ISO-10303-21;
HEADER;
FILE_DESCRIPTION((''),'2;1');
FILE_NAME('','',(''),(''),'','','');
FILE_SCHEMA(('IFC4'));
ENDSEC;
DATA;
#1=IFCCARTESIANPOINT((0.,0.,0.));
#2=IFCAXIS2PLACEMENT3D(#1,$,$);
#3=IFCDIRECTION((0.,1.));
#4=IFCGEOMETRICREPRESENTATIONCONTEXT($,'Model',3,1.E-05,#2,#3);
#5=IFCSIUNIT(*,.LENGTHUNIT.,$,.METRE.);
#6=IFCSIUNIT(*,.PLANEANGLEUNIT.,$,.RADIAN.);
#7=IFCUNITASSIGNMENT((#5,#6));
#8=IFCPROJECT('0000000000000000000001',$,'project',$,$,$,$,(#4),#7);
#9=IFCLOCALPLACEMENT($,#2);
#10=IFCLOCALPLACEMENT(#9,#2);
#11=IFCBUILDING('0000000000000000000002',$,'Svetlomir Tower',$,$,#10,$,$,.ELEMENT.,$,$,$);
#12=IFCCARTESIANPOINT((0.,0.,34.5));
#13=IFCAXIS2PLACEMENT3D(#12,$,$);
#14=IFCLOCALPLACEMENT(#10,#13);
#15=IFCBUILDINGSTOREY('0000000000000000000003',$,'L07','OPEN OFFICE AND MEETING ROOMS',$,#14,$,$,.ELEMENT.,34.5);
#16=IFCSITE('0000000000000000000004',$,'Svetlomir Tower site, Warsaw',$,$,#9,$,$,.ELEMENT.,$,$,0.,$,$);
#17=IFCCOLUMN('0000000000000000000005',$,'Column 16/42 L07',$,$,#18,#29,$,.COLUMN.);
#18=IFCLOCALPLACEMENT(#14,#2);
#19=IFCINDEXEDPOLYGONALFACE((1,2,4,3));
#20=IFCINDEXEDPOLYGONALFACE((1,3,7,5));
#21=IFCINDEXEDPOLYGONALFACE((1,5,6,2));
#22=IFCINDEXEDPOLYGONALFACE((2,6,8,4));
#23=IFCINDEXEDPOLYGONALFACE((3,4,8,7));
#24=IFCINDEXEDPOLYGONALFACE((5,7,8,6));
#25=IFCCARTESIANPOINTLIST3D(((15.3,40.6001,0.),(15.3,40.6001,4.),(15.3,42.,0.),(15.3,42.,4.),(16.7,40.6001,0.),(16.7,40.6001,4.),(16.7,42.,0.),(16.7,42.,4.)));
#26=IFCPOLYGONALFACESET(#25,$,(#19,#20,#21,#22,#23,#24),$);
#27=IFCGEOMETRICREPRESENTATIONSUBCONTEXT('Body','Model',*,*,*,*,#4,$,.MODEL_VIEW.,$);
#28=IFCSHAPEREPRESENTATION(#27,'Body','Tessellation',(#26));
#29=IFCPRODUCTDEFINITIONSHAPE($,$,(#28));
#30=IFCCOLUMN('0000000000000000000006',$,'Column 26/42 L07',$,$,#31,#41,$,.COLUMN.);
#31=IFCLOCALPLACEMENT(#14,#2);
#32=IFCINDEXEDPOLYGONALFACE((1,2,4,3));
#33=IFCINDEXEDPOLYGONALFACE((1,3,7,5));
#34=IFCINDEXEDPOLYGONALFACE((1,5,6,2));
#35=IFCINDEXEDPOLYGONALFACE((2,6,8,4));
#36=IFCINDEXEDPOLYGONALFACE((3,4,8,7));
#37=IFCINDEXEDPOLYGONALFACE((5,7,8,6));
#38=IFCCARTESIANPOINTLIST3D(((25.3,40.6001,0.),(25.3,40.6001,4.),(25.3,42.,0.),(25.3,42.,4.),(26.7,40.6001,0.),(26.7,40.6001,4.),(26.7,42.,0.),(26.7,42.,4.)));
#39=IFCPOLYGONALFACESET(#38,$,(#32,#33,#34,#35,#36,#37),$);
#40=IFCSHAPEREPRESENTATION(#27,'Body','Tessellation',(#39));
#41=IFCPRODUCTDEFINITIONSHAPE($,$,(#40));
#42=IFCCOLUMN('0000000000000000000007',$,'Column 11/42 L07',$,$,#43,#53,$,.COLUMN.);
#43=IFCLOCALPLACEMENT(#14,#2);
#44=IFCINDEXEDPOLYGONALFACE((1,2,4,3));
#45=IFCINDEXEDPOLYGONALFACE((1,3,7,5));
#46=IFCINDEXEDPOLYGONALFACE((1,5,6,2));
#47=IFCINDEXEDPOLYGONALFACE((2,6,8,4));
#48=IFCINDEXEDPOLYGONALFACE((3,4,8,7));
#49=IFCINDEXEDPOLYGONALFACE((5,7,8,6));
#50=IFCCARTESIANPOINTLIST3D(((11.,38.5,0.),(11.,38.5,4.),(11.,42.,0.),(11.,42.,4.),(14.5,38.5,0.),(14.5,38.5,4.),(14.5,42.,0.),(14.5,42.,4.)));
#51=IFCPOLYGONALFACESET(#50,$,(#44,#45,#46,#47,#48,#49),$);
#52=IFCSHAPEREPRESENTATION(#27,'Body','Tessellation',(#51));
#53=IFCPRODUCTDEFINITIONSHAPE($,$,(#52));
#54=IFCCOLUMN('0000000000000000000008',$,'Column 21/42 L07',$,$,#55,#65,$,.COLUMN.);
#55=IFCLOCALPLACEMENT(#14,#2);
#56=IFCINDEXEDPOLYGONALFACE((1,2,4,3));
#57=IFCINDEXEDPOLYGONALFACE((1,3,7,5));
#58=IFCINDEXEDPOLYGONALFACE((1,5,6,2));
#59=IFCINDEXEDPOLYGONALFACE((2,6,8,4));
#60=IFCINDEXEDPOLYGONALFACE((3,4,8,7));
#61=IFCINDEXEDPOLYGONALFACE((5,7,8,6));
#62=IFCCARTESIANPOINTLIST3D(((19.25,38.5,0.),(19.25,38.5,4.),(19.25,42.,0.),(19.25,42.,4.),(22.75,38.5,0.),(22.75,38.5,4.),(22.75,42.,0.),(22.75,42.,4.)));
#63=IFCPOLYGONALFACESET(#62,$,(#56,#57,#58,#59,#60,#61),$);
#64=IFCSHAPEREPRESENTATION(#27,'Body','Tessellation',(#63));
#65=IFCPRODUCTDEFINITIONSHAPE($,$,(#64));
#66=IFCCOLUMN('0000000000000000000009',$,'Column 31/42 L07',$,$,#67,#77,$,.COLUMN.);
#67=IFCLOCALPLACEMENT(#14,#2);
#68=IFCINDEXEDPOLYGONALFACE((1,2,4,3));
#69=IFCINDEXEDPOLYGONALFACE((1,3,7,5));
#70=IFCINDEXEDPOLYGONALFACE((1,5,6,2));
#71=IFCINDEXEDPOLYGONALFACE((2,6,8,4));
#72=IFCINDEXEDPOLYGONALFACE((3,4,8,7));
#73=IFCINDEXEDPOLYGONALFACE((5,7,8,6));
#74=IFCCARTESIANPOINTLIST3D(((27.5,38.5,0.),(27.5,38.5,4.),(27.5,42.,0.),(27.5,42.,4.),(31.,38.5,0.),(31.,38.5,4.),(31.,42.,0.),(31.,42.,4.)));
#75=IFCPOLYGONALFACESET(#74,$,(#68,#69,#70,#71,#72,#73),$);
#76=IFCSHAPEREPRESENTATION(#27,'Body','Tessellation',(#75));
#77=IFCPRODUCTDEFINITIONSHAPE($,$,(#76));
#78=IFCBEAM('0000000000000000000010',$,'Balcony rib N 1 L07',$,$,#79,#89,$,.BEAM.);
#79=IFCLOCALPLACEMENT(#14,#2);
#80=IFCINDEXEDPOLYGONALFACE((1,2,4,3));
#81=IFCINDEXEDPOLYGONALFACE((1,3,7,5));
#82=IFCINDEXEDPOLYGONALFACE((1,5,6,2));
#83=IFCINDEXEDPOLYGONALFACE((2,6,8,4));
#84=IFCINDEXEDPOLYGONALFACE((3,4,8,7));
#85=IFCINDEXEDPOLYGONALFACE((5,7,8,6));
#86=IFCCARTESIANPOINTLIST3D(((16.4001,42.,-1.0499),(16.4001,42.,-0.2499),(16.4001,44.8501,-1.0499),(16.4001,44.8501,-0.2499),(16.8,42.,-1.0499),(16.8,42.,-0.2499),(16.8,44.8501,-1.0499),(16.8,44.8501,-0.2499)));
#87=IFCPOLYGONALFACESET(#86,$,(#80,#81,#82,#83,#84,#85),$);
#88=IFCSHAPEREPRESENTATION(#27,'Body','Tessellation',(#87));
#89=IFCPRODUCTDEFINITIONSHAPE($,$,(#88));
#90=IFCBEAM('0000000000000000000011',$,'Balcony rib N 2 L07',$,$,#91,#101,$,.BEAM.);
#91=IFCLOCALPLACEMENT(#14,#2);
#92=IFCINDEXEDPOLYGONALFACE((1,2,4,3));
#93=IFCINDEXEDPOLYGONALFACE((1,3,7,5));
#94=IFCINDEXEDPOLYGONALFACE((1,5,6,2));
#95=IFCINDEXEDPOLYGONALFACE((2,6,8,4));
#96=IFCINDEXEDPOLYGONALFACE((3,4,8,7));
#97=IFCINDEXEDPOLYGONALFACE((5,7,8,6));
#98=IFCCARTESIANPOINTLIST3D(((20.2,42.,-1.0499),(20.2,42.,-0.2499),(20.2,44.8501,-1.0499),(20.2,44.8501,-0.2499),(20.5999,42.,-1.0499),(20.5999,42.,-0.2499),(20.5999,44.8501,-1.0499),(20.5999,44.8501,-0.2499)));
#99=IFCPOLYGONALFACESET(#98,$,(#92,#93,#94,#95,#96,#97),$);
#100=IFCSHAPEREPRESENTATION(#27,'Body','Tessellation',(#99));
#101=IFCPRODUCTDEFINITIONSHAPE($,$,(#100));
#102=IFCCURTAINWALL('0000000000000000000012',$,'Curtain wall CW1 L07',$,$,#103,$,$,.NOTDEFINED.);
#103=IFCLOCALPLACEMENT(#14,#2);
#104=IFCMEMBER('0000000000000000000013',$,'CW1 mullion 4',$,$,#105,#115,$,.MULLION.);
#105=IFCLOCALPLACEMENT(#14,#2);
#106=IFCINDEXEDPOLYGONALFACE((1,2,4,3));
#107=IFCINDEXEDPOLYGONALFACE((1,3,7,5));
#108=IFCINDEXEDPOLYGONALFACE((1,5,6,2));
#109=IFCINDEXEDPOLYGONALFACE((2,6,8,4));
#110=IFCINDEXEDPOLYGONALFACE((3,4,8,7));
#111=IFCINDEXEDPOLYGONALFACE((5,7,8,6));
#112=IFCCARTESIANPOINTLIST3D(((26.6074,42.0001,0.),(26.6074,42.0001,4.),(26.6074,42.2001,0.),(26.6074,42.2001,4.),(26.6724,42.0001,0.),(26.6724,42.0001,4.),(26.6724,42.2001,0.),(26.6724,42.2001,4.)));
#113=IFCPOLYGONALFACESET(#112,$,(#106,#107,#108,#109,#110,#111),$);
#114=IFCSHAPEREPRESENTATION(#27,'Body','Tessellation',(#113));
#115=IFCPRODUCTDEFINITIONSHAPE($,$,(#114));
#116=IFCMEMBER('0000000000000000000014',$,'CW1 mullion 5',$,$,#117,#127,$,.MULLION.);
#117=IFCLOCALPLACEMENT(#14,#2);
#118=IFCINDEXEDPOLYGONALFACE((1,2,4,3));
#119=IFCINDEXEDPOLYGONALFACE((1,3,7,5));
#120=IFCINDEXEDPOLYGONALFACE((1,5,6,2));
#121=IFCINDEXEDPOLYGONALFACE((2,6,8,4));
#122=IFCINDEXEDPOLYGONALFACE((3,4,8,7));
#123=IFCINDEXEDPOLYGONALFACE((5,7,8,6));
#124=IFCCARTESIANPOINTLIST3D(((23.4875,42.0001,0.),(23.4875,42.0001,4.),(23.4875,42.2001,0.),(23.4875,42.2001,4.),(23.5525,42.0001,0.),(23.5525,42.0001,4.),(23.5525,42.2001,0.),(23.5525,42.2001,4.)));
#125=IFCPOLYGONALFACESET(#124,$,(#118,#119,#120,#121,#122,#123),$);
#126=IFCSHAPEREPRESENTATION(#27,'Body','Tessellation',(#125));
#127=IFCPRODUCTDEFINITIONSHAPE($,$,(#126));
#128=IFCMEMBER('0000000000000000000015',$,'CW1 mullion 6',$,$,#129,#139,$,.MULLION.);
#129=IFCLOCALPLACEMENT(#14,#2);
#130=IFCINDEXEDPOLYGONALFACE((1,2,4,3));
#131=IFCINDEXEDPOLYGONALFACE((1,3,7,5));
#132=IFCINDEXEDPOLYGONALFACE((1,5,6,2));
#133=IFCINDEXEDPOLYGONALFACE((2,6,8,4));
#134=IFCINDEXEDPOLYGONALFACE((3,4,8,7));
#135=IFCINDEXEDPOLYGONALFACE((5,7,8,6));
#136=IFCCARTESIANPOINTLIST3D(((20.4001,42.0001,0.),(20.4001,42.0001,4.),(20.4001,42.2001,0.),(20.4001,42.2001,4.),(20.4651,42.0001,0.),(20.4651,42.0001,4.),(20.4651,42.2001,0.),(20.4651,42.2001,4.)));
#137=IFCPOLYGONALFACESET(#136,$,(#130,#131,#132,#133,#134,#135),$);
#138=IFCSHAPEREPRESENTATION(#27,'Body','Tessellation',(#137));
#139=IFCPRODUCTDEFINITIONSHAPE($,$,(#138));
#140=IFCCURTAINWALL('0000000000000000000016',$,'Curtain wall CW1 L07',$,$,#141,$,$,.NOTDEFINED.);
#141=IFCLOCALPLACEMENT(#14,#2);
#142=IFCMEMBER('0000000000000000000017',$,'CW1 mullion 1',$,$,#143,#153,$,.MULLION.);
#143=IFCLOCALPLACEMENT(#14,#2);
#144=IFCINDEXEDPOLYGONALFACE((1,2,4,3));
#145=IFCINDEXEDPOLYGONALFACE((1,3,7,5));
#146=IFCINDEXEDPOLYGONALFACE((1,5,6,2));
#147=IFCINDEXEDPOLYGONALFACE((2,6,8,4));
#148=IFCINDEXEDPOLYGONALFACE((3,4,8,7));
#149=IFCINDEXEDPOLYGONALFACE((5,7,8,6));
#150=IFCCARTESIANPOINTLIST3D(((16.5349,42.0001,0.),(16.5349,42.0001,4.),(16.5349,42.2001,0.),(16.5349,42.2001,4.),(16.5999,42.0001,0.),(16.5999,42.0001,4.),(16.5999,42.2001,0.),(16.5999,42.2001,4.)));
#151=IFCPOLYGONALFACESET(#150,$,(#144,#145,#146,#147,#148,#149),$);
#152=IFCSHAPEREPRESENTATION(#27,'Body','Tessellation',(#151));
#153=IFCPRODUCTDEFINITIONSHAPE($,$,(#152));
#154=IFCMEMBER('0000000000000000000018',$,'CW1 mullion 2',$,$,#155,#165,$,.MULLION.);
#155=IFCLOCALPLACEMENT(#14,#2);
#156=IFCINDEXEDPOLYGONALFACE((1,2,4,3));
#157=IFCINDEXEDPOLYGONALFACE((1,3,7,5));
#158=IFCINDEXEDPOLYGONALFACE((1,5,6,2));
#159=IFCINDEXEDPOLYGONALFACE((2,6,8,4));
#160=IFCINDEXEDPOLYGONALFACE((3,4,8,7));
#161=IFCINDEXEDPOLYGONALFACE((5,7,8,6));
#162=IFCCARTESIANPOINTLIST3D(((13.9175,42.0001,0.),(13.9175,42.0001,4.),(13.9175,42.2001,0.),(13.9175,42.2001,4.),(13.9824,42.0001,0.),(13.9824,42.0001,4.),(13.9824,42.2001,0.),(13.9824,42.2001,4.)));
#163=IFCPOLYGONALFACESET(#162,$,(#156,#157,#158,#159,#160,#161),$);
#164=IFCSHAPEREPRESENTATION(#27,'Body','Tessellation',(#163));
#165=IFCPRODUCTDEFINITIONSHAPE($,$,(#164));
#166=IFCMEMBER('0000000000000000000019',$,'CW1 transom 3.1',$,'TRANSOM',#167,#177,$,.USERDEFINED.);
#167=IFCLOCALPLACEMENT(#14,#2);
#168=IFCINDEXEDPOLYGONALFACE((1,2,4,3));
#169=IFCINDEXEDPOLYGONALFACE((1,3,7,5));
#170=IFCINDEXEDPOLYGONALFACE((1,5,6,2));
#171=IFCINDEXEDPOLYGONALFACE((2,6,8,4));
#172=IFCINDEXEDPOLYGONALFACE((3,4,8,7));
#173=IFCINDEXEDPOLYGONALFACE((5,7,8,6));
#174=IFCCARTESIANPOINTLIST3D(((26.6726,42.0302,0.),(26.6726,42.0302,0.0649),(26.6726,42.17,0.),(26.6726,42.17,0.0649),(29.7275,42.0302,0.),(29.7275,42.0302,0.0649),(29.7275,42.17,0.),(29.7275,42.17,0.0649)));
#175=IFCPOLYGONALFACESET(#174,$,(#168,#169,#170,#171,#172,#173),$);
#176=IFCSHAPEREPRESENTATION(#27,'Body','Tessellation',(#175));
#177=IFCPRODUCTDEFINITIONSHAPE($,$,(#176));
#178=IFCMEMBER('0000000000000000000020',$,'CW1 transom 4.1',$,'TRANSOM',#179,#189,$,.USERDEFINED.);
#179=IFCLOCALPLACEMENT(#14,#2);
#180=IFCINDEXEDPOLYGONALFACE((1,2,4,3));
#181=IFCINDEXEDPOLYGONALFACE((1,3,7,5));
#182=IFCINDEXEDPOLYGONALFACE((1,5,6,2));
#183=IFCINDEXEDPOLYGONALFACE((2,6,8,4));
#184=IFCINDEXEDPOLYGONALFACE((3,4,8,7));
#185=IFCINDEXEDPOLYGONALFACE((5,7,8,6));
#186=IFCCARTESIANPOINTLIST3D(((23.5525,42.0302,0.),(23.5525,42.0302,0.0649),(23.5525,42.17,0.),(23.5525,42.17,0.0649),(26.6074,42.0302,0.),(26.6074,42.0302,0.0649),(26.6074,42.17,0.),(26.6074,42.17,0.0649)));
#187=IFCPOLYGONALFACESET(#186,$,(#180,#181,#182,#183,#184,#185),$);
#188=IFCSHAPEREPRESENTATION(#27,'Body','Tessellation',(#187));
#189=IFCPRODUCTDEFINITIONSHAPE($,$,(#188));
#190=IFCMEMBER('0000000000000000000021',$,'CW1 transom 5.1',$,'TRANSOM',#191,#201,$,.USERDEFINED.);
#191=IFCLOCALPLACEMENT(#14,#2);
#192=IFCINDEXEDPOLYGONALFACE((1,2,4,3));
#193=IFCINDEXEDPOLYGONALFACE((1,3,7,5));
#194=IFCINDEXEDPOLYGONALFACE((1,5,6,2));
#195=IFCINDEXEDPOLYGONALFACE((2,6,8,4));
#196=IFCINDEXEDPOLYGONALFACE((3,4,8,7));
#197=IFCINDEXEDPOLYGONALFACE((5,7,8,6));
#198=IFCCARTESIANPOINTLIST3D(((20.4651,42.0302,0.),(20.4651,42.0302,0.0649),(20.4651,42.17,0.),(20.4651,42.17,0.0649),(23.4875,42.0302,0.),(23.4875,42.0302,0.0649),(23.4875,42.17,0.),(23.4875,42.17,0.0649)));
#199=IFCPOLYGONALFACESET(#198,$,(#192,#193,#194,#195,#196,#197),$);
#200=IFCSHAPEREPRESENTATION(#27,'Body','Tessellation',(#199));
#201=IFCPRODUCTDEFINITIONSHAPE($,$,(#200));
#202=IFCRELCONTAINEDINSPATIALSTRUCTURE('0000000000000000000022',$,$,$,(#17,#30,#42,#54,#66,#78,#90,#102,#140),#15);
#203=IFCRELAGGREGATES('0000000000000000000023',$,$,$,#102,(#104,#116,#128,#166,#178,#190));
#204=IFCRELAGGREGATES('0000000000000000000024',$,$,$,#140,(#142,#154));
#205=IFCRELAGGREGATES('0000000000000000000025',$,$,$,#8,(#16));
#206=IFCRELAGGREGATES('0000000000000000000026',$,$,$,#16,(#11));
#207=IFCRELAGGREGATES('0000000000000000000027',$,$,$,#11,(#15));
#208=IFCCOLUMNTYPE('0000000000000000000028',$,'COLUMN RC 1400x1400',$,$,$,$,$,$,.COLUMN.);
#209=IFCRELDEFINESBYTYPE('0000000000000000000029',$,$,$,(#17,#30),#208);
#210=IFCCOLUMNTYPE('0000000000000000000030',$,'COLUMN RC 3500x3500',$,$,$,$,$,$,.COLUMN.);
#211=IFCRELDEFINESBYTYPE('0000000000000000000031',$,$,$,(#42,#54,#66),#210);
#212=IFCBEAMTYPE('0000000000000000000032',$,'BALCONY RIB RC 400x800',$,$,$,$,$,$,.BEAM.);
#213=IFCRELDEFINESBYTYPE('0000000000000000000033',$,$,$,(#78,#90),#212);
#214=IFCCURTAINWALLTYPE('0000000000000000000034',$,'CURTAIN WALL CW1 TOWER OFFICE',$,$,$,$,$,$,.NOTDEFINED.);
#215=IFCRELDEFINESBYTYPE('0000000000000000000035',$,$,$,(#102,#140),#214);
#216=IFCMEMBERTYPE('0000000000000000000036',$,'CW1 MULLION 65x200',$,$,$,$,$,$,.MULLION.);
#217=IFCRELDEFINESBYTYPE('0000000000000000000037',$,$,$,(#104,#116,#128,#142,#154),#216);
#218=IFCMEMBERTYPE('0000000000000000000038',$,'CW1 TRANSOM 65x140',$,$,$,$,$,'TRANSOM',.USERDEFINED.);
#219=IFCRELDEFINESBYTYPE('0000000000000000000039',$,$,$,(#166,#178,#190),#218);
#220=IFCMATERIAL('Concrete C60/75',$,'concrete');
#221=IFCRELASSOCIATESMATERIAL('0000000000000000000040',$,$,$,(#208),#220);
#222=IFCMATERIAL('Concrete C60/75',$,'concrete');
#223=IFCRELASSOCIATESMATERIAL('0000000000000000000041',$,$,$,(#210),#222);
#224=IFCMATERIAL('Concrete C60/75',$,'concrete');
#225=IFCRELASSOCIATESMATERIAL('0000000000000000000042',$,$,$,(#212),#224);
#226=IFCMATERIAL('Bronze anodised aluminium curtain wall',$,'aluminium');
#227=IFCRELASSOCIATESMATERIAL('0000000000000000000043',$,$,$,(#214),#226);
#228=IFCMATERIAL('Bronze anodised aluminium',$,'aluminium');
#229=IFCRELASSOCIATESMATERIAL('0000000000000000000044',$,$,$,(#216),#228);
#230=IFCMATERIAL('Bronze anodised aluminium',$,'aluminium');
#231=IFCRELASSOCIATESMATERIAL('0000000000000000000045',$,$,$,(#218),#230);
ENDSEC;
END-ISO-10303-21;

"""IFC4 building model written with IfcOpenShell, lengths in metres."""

from ifc_helpers import new_model, si_unit, direction, frame, origin, origin_2d, place, context, subcontext, project, spatial, rectangle, extrude, material, material_profile, profile_set, type_object, element, aggregate, save


model = new_model("IFC4")

# Units and contexts
model_context = context("Model", 3, precision=1e-05, world=origin(), true_north=direction((0.0, 1.0)))
body_context = subcontext(model_context, "Body", "Model", "MODEL_VIEW")
ifc_project = project(units=[si_unit("LENGTHUNIT", "METRE"), si_unit("PLANEANGLEUNIT", "RADIAN")], contexts=[model_context])

# Site, building, storey
site_placement = place(None, origin())
site = spatial("IfcSite", under=ifc_project, at=site_placement, Name="Svetlomir Tower site, Warsaw", CompositionType="ELEMENT", RefElevation=0.0)
building_placement = place(site_placement, origin())
building = spatial("IfcBuilding", under=site, at=building_placement, Name="Svetlomir Tower", CompositionType="ELEMENT")
storey_placement = place(building_placement, frame((0.0, 0.0, 34.5)))
storey = spatial("IfcBuildingStorey", under=building, at=storey_placement, Name="L07", Description="OPEN OFFICE AND MEETING ROOMS", CompositionType="ELEMENT", Elevation=34.5)

# Columns
ifc_material_1 = material(Name="Concrete C60/75", Category="concrete")
ifc_material_profile_1 = material_profile(ifc_material_1, rectangle(XDim=1.3999, YDim=1.3999, at=origin_2d()), Name="RC 1400x1400")
ifc_profile_set_1 = profile_set([ifc_material_profile_1], Name="Concrete C60/75")
column_type_1 = type_object("IfcColumnType", Name="COLUMN RC 1400x1400", PredefinedType="COLUMN", material=ifc_profile_set_1)
for number, where, z_axis, x_axis, name in (
    (1, (16.0, 41.3, 0.0), (0.0, 0.0, 1.0), (1.0, 0.0, 0.0), "Column 16/42 L07"),
    (2, (26.0, 41.3, 0.0), (0.0, 0.0, 1.0), (1.0, 0.0, 0.0), "Column 26/42 L07"),
):
    element("IfcColumn", number, at=place(storey_placement, frame(where, z_axis=z_axis, x_axis=x_axis)), inside=storey, type_object=column_type_1, Name=name, PredefinedType="COLUMN", context=body_context, shape_type="SweptSolid", body=[
        extrude(rectangle(XDim=1.3999, YDim=1.3999, at=origin_2d()), origin(), (0.0, 0.0, 1.0), 4.0),
    ])
ifc_material_2 = material(Name="Concrete C60/75", Category="concrete")
ifc_material_profile_2 = material_profile(ifc_material_2, rectangle(XDim=3.5, YDim=3.5, at=origin_2d()), Name="RC 3500x3500")
ifc_profile_set_2 = profile_set([ifc_material_profile_2], Name="Concrete C60/75")
column_type_2 = type_object("IfcColumnType", Name="COLUMN RC 3500x3500", PredefinedType="COLUMN", material=ifc_profile_set_2)
for number, where, z_axis, x_axis, name in (
    (3, (12.75, 40.25, 0.0), (0.0, 0.0, 1.0), (1.0, 0.0, 0.0), "Column 11/42 L07"),
    (4, (21.0, 40.25, 0.0), (0.0, 0.0, 1.0), (1.0, 0.0, 0.0), "Column 21/42 L07"),
    (5, (29.25, 40.25, 0.0), (0.0, 0.0, 1.0), (1.0, 0.0, 0.0), "Column 31/42 L07"),
):
    element("IfcColumn", number, at=place(storey_placement, frame(where, z_axis=z_axis, x_axis=x_axis)), inside=storey, type_object=column_type_2, Name=name, PredefinedType="COLUMN", context=body_context, shape_type="SweptSolid", body=[
        extrude(rectangle(XDim=3.5, YDim=3.5, at=origin_2d()), origin(), (0.0, 0.0, 1.0), 4.0),
    ])

# Beams
ifc_material_3 = material(Name="Concrete C60/75", Category="concrete")
ifc_material_profile_3 = material_profile(ifc_material_3, rectangle(XDim=0.3999, YDim=0.8, at=origin_2d()), Name="RC 400x800")
ifc_profile_set_3 = profile_set([ifc_material_profile_3], Name="Concrete C60/75")
beam_type_1 = type_object("IfcBeamType", Name="BALCONY RIB RC 400x800", PredefinedType="BEAM", material=ifc_profile_set_3)
for number, where, z_axis, x_axis, name in (
    (6, (16.6001, 42.0, -0.6499), (0.0, 1.0, 0.0), (-1.0, 0.0, 0.0), "Balcony rib N 1 L07"),
    (7, (20.3999, 42.0, -0.6499), (0.0, 1.0, 0.0), (-1.0, 0.0, 0.0), "Balcony rib N 2 L07"),
):
    element("IfcBeam", number, at=place(storey_placement, frame(where, z_axis=z_axis, x_axis=x_axis)), inside=storey, type_object=beam_type_1, Name=name, PredefinedType="BEAM", context=body_context, shape_type="SweptSolid", body=[
        extrude(rectangle(XDim=0.3999, YDim=0.8, at=origin_2d()), origin(), (0.0, 0.0, 1.0), 2.8501),
    ])

# Curtain walls, members
ifc_material_4 = material(Name="Bronze anodised aluminium curtain wall", Category="aluminium")
curtain_wall_type = type_object("IfcCurtainWallType", Name="CURTAIN WALL CW1 TOWER OFFICE", PredefinedType="NOTDEFINED", material=ifc_material_4)
curtain_wall_1_placement = place(storey_placement, origin())
curtain_wall_1 = element("IfcCurtainWall", 8, at=curtain_wall_1_placement, inside=storey, type_object=curtain_wall_type, Name="Curtain wall CW1 L07", PredefinedType="NOTDEFINED")
ifc_material_5 = material(Name="Bronze anodised aluminium", Category="aluminium")
ifc_material_profile_4 = material_profile(ifc_material_5, rectangle(XDim=0.0649, YDim=0.2, at=origin_2d()), Name="AL 65x200")
ifc_profile_set_4 = profile_set([ifc_material_profile_4], Name="Bronze anodised aluminium 6063-T6")
member_type_1 = type_object("IfcMemberType", Name="CW1 MULLION 65x200", PredefinedType="MULLION", material=ifc_profile_set_4)
member_1_placement = place(storey_placement, frame((26.6399, 42.1001, 0.0), z_axis=(0.0, 0.0, 1.0), x_axis=(-1.0, 0.0, 0.0)))
member_1 = element("IfcMember", 9, at=member_1_placement, type_object=member_type_1, Name="CW1 mullion 4", PredefinedType="MULLION", context=body_context, shape_type="SweptSolid", body=[
    extrude(rectangle(XDim=0.0649, YDim=0.2, at=origin_2d()), origin(), (0.0, 0.0, 1.0), 4.0),
])
member_2_placement = place(storey_placement, frame((23.52, 42.1001, 0.0), z_axis=(0.0, 0.0, 1.0), x_axis=(-1.0, 0.0, 0.0)))
member_2 = element("IfcMember", 10, at=member_2_placement, type_object=member_type_1, Name="CW1 mullion 5", PredefinedType="MULLION", context=body_context, shape_type="SweptSolid", body=[
    extrude(rectangle(XDim=0.0649, YDim=0.2, at=origin_2d()), origin(), (0.0, 0.0, 1.0), 4.0),
])
member_3_placement = place(storey_placement, frame((20.4326, 42.1001, 0.0), z_axis=(0.0, 0.0, 1.0), x_axis=(-1.0, 0.0, 0.0)))
member_3 = element("IfcMember", 11, at=member_3_placement, type_object=member_type_1, Name="CW1 mullion 6", PredefinedType="MULLION", context=body_context, shape_type="SweptSolid", body=[
    extrude(rectangle(XDim=0.0649, YDim=0.2, at=origin_2d()), origin(), (0.0, 0.0, 1.0), 4.0),
])
curtain_wall_2_placement = place(storey_placement, origin())
curtain_wall_2 = element("IfcCurtainWall", 12, at=curtain_wall_2_placement, inside=storey, type_object=curtain_wall_type, Name="Curtain wall CW1 L07", PredefinedType="NOTDEFINED")
member_4_placement = place(storey_placement, frame((16.5674, 42.1001, 0.0), z_axis=(0.0, 0.0, 1.0), x_axis=(-1.0, 0.0, 0.0)))
member_4 = element("IfcMember", 13, at=member_4_placement, type_object=member_type_1, Name="CW1 mullion 1", PredefinedType="MULLION", context=body_context, shape_type="SweptSolid", body=[
    extrude(rectangle(XDim=0.0649, YDim=0.2, at=origin_2d()), origin(), (0.0, 0.0, 1.0), 4.0),
])
member_5_placement = place(storey_placement, frame((13.95, 42.1001, 0.0), z_axis=(0.0, 0.0, 1.0), x_axis=(-1.0, 0.0, 0.0)))
member_5 = element("IfcMember", 14, at=member_5_placement, type_object=member_type_1, Name="CW1 mullion 2", PredefinedType="MULLION", context=body_context, shape_type="SweptSolid", body=[
    extrude(rectangle(XDim=0.0649, YDim=0.2, at=origin_2d()), origin(), (0.0, 0.0, 1.0), 4.0),
])

# Members
ifc_material_6 = material(Name="Bronze anodised aluminium", Category="aluminium")
ifc_material_profile_5 = material_profile(ifc_material_6, rectangle(XDim=0.1399, YDim=0.0649, at=origin_2d()), Name="AL 140x65")
ifc_profile_set_5 = profile_set([ifc_material_profile_5], Name="Bronze anodised aluminium 6063-T6")
member_type_2 = type_object("IfcMemberType", Name="CW1 TRANSOM 65x140", ElementType="TRANSOM", PredefinedType="USERDEFINED", material=ifc_profile_set_5)
member_6_placement = place(storey_placement, frame((29.7275, 42.1001, 0.0325), z_axis=(-1.0, 0.0, 0.0), x_axis=(0.0, -1.0, 0.0)))
member_6 = element("IfcMember", 15, at=member_6_placement, type_object=member_type_2, Name="CW1 transom 3.1", ObjectType="TRANSOM", PredefinedType="USERDEFINED", context=body_context, shape_type="SweptSolid", body=[
    extrude(rectangle(XDim=0.1399, YDim=0.0649, at=origin_2d()), origin(), (0.0, 0.0, 1.0), 3.0549),
])
member_7_placement = place(storey_placement, frame((26.6074, 42.1001, 0.0325), z_axis=(-1.0, 0.0, 0.0), x_axis=(0.0, -1.0, 0.0)))
member_7 = element("IfcMember", 16, at=member_7_placement, type_object=member_type_2, Name="CW1 transom 4.1", ObjectType="TRANSOM", PredefinedType="USERDEFINED", context=body_context, shape_type="SweptSolid", body=[
    extrude(rectangle(XDim=0.1399, YDim=0.0649, at=origin_2d()), origin(), (0.0, 0.0, 1.0), 3.0549),
])
member_8_placement = place(storey_placement, frame((23.4875, 42.1001, 0.0325), z_axis=(-1.0, 0.0, 0.0), x_axis=(0.0, -1.0, 0.0)))
member_8 = element("IfcMember", 17, at=member_8_placement, type_object=member_type_2, Name="CW1 transom 5.1", ObjectType="TRANSOM", PredefinedType="USERDEFINED", context=body_context, shape_type="SweptSolid", body=[
    extrude(rectangle(XDim=0.1399, YDim=0.0649, at=origin_2d()), origin(), (0.0, 0.0, 1.0), 3.0225),
])

aggregate(curtain_wall_1, [member_1, member_2, member_3, member_6, member_7, member_8])
aggregate(curtain_wall_2, [member_4, member_5])

save(model, "model.ifc")
